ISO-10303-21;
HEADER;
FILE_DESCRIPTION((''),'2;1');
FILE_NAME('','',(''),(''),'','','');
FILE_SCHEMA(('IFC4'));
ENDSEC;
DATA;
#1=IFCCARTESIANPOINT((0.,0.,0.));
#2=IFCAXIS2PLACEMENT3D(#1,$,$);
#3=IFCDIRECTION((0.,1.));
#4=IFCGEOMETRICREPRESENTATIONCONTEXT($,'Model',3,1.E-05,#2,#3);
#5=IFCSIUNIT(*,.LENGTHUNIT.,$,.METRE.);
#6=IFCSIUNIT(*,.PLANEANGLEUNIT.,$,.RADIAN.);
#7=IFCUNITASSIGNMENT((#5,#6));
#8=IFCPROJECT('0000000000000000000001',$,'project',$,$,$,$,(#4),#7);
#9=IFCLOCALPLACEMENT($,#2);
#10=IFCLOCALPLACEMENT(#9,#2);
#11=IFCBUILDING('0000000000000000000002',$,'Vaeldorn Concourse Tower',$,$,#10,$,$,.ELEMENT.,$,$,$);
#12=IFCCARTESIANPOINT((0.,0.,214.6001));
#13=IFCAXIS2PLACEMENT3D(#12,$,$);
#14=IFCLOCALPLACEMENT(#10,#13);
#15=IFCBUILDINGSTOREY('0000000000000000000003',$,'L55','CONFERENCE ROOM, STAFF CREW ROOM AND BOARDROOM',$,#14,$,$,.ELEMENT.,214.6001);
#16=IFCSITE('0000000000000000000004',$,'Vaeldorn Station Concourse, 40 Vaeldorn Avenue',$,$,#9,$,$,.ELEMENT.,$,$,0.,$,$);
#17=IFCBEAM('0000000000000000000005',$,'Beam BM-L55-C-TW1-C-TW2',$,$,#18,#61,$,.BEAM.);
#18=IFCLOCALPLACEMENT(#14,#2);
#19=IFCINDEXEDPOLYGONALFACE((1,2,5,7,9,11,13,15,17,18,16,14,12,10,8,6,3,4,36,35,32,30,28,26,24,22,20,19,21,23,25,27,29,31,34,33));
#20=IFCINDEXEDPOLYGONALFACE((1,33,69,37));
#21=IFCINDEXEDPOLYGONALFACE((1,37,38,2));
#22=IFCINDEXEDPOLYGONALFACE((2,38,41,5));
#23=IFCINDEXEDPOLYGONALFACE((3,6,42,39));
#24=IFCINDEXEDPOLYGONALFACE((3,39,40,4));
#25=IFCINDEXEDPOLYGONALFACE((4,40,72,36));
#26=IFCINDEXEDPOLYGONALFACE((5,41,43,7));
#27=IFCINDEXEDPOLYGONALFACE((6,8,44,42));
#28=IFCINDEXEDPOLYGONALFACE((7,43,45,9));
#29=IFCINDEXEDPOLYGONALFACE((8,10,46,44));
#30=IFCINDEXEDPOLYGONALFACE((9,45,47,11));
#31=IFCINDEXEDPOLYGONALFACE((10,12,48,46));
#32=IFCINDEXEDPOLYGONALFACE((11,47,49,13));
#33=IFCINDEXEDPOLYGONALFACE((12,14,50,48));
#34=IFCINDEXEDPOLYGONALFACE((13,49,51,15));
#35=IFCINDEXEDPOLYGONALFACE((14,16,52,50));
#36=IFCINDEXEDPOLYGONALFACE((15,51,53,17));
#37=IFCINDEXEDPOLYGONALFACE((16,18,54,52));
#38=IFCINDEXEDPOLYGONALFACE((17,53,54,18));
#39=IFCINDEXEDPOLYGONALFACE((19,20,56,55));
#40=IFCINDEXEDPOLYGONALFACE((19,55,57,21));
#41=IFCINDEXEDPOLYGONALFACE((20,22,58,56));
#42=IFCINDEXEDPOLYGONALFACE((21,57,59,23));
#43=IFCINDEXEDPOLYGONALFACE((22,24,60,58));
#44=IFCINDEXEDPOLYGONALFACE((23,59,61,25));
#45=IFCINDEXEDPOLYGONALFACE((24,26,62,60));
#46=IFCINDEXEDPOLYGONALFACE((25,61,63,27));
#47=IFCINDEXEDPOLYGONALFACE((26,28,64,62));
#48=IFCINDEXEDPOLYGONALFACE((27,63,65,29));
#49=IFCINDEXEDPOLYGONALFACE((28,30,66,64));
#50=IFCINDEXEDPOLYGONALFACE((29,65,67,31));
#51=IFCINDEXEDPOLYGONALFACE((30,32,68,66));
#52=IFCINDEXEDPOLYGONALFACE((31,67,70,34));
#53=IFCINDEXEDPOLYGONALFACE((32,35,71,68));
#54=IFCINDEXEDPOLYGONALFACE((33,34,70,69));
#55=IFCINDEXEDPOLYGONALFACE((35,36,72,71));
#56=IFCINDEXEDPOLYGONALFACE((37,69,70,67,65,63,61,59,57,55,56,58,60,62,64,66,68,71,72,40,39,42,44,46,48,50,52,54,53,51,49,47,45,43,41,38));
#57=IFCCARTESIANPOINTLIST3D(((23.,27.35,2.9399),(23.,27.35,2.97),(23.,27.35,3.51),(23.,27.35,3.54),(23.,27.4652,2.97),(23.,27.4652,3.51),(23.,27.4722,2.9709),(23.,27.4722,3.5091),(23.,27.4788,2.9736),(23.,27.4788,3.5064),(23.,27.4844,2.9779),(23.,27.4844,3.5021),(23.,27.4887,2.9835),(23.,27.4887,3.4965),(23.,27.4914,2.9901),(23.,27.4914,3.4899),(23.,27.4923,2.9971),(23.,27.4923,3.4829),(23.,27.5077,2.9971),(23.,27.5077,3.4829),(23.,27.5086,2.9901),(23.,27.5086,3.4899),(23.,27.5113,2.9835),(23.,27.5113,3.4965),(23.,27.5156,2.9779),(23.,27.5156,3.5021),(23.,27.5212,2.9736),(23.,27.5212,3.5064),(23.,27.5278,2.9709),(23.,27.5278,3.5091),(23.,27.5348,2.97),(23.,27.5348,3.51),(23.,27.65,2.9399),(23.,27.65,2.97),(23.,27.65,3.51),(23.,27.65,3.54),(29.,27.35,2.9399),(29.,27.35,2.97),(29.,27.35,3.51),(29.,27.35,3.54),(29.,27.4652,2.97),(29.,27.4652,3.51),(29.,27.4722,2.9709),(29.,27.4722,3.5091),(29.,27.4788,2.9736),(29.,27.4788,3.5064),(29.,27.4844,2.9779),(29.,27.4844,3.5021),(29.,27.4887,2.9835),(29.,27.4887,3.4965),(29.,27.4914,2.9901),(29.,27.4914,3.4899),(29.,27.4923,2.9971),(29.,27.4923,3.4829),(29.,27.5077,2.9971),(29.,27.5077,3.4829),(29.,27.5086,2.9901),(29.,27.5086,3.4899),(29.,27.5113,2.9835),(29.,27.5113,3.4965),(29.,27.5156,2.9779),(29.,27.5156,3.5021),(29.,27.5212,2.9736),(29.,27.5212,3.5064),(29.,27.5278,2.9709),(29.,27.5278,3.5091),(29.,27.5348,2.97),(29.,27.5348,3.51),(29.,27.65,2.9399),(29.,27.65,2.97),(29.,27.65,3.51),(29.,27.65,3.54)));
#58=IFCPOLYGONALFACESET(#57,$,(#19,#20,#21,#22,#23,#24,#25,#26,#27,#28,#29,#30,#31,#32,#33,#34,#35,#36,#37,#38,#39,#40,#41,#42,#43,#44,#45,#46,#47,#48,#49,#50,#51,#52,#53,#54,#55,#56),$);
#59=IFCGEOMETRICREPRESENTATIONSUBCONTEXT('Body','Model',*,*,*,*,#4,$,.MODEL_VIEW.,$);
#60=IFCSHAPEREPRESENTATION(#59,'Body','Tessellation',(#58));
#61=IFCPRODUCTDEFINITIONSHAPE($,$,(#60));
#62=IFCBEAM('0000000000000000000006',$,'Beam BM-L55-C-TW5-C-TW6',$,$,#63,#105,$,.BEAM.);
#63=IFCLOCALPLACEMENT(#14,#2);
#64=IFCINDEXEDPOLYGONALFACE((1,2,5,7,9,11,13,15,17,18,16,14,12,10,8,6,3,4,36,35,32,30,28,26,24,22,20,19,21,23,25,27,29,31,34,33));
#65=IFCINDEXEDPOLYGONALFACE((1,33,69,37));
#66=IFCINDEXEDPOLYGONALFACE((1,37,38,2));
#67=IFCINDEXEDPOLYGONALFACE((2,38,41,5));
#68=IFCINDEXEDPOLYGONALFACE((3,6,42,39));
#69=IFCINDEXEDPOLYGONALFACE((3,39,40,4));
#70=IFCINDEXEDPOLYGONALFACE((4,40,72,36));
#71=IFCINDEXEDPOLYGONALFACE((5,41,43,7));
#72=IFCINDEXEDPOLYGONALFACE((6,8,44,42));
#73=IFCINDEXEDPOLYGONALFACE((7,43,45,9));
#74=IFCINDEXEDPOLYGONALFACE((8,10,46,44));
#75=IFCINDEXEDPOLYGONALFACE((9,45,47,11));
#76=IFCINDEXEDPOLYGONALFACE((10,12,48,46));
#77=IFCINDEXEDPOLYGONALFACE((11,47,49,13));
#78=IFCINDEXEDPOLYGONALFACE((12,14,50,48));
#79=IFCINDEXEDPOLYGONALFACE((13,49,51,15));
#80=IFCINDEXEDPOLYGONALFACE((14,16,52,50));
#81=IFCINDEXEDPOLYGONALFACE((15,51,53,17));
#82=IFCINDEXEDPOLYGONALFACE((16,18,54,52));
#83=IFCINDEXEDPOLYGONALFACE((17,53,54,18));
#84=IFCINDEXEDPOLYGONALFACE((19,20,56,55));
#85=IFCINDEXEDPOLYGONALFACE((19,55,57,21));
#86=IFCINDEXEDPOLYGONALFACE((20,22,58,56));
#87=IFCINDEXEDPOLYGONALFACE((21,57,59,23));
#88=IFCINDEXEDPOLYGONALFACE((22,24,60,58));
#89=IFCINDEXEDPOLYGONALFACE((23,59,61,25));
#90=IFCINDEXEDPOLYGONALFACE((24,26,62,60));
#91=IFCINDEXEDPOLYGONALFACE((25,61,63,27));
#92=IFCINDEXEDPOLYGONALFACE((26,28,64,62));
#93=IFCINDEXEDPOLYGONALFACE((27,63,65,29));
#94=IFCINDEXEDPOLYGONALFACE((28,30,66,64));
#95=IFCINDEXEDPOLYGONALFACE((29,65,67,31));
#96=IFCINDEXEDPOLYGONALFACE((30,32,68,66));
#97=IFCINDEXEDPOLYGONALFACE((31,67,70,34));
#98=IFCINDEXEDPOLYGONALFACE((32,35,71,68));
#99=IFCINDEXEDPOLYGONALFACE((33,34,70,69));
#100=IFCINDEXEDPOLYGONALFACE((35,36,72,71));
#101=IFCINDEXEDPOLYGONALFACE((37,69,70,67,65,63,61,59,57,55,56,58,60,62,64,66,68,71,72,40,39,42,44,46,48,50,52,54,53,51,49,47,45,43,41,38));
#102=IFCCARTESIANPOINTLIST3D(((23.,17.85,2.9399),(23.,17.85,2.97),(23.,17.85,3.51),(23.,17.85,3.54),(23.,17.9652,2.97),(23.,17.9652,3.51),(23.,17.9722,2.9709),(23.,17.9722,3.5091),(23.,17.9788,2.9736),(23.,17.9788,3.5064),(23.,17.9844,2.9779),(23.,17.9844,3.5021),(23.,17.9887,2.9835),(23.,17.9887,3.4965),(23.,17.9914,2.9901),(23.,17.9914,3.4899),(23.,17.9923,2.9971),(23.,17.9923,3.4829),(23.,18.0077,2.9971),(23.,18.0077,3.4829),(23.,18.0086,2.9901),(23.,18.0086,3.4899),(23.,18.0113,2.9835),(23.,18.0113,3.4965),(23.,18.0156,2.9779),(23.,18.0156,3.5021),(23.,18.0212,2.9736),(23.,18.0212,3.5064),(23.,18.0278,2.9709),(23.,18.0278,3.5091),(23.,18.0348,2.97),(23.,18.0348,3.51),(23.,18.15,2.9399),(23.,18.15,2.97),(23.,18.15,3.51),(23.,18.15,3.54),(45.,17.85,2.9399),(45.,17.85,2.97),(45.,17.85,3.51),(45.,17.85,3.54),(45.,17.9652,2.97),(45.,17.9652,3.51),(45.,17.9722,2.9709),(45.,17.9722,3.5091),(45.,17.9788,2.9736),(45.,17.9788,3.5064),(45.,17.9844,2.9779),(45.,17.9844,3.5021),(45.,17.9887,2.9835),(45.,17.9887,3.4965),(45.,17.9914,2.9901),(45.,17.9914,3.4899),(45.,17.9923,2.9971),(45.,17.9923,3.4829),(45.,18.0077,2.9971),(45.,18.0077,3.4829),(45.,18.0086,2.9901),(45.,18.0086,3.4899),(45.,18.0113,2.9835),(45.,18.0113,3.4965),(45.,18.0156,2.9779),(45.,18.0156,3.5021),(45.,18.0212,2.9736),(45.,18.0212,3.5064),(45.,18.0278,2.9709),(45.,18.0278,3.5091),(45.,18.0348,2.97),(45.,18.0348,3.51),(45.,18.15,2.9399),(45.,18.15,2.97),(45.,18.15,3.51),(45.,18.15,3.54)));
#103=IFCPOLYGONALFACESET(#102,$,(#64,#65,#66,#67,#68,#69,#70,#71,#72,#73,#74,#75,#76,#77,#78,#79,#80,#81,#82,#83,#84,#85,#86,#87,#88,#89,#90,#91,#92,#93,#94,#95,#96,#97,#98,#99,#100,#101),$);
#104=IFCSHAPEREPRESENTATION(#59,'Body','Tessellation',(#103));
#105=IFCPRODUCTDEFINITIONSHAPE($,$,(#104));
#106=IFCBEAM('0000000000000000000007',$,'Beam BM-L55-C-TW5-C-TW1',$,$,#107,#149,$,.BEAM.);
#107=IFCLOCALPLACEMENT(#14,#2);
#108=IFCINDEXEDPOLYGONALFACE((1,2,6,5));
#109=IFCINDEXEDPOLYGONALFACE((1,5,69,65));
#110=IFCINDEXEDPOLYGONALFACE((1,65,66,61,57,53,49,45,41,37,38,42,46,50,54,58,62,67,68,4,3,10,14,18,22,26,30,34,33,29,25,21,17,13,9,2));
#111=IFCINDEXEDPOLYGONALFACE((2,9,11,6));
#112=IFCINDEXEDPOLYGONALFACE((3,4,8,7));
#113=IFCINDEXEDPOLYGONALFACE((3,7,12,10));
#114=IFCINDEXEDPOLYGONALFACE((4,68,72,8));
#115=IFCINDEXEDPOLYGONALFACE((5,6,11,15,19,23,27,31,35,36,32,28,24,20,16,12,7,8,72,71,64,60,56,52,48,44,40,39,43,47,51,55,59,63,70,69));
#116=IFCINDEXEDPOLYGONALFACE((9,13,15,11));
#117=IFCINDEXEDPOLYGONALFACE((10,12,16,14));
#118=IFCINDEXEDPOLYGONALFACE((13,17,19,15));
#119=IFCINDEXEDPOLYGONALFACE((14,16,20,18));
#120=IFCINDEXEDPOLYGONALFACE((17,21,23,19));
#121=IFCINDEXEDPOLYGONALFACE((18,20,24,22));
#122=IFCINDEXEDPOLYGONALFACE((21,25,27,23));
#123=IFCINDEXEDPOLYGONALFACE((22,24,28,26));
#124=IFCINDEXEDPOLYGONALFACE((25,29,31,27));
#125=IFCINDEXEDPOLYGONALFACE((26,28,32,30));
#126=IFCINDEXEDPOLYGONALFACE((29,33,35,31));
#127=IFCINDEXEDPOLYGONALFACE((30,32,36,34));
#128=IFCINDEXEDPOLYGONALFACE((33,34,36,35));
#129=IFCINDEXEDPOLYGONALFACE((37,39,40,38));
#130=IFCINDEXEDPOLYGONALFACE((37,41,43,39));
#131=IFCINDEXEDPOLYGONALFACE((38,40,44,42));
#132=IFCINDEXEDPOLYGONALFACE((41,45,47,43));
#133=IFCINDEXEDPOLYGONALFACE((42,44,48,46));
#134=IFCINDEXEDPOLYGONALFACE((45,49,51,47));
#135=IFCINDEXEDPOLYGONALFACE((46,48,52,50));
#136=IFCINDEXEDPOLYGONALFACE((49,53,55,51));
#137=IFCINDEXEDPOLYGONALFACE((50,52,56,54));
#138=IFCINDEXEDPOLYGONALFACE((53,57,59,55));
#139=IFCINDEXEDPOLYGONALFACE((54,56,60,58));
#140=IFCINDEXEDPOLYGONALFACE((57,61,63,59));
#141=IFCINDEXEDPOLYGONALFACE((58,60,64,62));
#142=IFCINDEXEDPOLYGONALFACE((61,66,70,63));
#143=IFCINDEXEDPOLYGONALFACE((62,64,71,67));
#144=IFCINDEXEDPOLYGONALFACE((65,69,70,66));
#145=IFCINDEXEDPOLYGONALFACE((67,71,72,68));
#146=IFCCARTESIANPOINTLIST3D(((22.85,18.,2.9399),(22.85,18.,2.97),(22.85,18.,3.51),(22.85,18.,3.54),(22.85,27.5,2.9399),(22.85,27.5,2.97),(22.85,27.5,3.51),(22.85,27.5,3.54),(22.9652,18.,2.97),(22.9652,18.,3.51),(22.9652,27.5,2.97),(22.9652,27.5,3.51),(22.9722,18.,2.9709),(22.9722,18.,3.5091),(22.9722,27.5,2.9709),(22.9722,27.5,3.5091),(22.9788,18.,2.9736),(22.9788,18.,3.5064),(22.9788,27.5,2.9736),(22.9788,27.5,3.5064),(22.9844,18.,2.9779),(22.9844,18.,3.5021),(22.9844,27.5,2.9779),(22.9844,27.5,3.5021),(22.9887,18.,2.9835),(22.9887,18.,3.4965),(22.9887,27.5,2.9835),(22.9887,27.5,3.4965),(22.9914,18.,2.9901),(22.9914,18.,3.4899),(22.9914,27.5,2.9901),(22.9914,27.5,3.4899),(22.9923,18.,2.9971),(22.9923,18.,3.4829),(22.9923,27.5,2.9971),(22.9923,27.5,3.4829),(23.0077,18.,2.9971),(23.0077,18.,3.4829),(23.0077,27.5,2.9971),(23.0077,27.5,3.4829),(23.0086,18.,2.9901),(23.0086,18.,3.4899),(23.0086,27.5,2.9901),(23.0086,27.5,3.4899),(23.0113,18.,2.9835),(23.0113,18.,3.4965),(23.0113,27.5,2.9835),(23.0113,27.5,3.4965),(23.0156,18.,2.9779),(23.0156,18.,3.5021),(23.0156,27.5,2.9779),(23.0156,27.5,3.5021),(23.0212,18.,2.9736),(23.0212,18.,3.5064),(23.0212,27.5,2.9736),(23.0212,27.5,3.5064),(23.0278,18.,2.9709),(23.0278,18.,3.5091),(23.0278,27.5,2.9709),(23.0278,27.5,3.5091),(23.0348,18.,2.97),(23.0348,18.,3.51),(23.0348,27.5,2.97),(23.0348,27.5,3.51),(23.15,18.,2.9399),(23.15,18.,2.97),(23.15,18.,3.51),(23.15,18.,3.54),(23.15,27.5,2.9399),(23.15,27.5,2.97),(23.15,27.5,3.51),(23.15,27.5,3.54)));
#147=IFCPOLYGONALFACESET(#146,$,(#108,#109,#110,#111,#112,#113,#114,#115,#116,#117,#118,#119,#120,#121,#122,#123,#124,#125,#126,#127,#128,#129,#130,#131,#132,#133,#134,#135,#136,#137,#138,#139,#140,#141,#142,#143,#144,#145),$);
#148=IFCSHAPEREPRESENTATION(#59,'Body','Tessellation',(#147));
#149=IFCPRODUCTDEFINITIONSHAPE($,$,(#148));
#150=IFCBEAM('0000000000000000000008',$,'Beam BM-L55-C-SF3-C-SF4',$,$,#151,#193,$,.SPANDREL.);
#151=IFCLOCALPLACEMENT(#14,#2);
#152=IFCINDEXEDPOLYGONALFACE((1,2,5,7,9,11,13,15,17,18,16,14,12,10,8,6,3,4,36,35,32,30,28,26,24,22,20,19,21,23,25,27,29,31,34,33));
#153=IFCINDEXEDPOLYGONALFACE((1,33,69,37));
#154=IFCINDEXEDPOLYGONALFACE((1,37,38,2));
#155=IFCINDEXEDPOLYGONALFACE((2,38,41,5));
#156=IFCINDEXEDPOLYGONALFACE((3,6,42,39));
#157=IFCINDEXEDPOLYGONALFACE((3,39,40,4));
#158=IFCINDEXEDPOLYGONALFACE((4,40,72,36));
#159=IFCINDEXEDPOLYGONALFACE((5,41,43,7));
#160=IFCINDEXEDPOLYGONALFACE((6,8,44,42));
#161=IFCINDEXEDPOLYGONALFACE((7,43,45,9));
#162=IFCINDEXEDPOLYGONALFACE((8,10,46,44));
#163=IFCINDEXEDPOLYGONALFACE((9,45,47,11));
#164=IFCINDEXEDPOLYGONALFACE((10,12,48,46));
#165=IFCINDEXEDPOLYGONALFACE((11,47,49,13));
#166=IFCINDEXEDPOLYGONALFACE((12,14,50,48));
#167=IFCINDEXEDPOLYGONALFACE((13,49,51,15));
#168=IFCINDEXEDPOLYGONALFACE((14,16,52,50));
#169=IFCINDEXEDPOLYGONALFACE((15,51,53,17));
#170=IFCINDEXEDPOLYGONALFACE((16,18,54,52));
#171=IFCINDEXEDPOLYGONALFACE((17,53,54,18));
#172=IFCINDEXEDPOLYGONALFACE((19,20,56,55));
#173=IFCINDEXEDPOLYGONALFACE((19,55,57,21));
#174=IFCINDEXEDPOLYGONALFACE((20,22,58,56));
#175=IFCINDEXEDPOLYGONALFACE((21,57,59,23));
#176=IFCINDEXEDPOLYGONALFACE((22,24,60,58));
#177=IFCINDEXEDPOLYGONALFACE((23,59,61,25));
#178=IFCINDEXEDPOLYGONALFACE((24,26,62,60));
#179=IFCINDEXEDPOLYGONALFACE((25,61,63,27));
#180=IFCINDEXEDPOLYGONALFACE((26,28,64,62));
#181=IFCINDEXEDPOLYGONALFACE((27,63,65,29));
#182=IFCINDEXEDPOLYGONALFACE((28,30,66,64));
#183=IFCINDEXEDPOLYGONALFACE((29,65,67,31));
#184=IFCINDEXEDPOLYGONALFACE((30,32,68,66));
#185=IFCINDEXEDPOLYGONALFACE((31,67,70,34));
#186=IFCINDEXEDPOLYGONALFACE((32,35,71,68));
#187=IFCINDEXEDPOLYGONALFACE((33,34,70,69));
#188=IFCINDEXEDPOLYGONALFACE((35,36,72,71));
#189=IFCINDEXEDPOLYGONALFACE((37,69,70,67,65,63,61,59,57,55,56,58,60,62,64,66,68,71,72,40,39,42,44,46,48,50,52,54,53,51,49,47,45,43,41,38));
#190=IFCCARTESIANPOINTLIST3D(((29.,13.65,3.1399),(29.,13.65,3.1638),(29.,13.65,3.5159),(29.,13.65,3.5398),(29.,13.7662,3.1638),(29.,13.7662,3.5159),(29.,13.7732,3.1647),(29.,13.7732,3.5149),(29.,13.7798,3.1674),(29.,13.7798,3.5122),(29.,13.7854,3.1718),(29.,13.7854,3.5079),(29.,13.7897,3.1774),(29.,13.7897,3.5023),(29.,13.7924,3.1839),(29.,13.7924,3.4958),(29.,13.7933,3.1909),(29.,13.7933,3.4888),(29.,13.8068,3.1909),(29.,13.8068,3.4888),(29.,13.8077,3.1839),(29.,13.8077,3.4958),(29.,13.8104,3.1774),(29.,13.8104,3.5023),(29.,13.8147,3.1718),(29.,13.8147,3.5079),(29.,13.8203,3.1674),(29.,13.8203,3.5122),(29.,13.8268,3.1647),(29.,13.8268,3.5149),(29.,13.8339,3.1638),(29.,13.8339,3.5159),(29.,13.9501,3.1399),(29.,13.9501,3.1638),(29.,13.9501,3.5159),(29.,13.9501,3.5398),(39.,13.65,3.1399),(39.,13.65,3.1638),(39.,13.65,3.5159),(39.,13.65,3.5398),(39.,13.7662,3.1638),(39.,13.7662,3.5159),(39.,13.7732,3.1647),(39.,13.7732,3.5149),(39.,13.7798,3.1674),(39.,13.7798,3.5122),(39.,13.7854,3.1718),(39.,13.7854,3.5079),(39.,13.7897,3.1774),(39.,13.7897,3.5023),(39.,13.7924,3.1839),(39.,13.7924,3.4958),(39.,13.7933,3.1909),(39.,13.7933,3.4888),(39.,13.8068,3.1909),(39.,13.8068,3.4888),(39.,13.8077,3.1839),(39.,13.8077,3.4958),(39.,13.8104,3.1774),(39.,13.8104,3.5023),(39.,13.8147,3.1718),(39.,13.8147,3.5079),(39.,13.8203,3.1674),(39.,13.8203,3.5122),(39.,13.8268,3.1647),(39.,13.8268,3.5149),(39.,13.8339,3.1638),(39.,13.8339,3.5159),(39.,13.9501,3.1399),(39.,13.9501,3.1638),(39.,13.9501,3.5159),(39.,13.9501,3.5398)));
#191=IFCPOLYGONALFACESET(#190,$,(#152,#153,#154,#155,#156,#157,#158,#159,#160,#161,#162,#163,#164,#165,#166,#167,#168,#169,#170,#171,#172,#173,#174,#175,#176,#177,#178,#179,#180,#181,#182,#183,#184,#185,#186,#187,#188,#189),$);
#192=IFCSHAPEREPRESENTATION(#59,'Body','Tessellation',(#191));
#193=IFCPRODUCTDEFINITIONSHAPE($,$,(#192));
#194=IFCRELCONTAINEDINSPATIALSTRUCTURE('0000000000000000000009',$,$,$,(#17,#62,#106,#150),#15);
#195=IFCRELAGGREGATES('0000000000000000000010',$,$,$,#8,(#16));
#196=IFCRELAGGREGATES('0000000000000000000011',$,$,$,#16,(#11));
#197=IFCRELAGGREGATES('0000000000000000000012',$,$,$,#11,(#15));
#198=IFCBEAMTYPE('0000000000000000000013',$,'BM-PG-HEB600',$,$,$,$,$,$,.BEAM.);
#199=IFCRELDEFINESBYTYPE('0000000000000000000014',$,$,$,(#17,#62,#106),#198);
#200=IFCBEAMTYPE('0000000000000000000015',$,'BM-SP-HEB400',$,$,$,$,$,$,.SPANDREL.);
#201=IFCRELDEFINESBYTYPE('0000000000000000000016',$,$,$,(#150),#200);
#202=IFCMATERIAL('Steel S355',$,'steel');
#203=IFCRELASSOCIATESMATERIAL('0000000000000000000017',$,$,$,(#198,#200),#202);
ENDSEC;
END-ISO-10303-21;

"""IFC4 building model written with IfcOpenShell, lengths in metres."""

from ifc_helpers import new_model, si_unit, direction, frame, origin, origin_2d, place, context, subcontext, project, spatial, i_section, extrude, source, transform, mapped, material, material_profile, profile_set, type_object, element, save


model = new_model("IFC4")

# Units and contexts
model_context = context("Model", 3, precision=1e-05, world=origin(), true_north=direction((0.0, 1.0)))
body_context = subcontext(model_context, "Body", "Model", "MODEL_VIEW")
ifc_project = project(units=[si_unit("LENGTHUNIT", "METRE"), si_unit("PLANEANGLEUNIT", "RADIAN")], contexts=[model_context])

# Site, building, storey
site_placement = place(None, origin())
site = spatial("IfcSite", under=ifc_project, at=site_placement, Name="Vaeldorn Station Concourse, 40 Vaeldorn Avenue", CompositionType="ELEMENT", RefElevation=0.0)
building_placement = place(site_placement, origin())
building = spatial("IfcBuilding", under=site, at=building_placement, Name="Vaeldorn Concourse Tower", CompositionType="ELEMENT")
storey_placement = place(building_placement, frame((0.0, 0.0, 214.6001)))
storey = spatial("IfcBuildingStorey", under=building, at=storey_placement, Name="L55", Description="CONFERENCE ROOM, STAFF CREW ROOM AND BOARDROOM", CompositionType="ELEMENT", Elevation=214.6001)

# Shared definitions
ifc_material_1 = material(Name="Steel S355", Category="steel")

# Beams
ifc_material_profile_1 = material_profile(ifc_material_1, i_section(OverallWidth=0.3, OverallDepth=0.6001, WebThickness=0.0154, FlangeThickness=0.03, FilletRadius=0.0271, at=origin_2d()), Name="HEB 600")
ifc_profile_set_1 = profile_set([ifc_material_profile_1], Name="Steel S355")
beam_type_1 = type_object("IfcBeamType", Name="BM-PG-HEB600", PredefinedType="BEAM", material=ifc_profile_set_1)
shared_shape_1 = source(origin(), body_context, "Body", "SweptSolid", [
    extrude(i_section(OverallWidth=0.3, OverallDepth=0.6001, WebThickness=0.0154, FlangeThickness=0.03, FilletRadius=0.0271, at=origin_2d()), origin(), (0.0, 0.0, 1.0), 6.0),
])
beam_1_placement = place(storey_placement, frame((23.0, 27.5, 3.24), z_axis=(1.0, 0.0, 0.0), x_axis=(0.0, 1.0, 0.0)))
element("IfcBeam", 1, at=beam_1_placement, inside=storey, type_object=beam_type_1, Name="Beam BM-L55-C-TW1-C-TW2", PredefinedType="BEAM", context=body_context, shape_type="MappedRepresentation", body=[
    mapped(shared_shape_1, transform((0.0, 0.0, 0.0), scale=1.0)),
])
shared_shape_2 = source(origin(), body_context, "Body", "SweptSolid", [
    extrude(i_section(OverallWidth=0.3, OverallDepth=0.6001, WebThickness=0.0154, FlangeThickness=0.03, FilletRadius=0.0271, at=origin_2d()), origin(), (0.0, 0.0, 1.0), 22.0),
])
beam_2_placement = place(storey_placement, frame((23.0, 18.0, 3.24), z_axis=(1.0, 0.0, 0.0), x_axis=(0.0, 1.0, 0.0)))
element("IfcBeam", 2, at=beam_2_placement, inside=storey, type_object=beam_type_1, Name="Beam BM-L55-C-TW5-C-TW6", PredefinedType="BEAM", context=body_context, shape_type="MappedRepresentation", body=[
    mapped(shared_shape_2, transform((0.0, 0.0, 0.0), scale=1.0)),
])
shared_shape_3 = source(origin(), body_context, "Body", "SweptSolid", [
    extrude(i_section(OverallWidth=0.3, OverallDepth=0.6001, WebThickness=0.0154, FlangeThickness=0.03, FilletRadius=0.0271, at=origin_2d()), origin(), (0.0, 0.0, 1.0), 9.5),
])
beam_3_placement = place(storey_placement, frame((23.0, 18.0, 3.24), z_axis=(0.0, 1.0, 0.0), x_axis=(-1.0, 0.0, 0.0)))
element("IfcBeam", 3, at=beam_3_placement, inside=storey, type_object=beam_type_1, Name="Beam BM-L55-C-TW5-C-TW1", PredefinedType="BEAM", context=body_context, shape_type="MappedRepresentation", body=[
    mapped(shared_shape_3, transform((0.0, 0.0, 0.0), scale=1.0)),
])
ifc_material_profile_2 = material_profile(ifc_material_1, i_section(OverallWidth=0.3, OverallDepth=0.3999, WebThickness=0.0134, FlangeThickness=0.0239, FilletRadius=0.0271, at=origin_2d()), Name="HEB 400")
ifc_profile_set_2 = profile_set([ifc_material_profile_2], Name="Steel S355")
beam_type_2 = type_object("IfcBeamType", Name="BM-SP-HEB400", PredefinedType="SPANDREL", material=ifc_profile_set_2)
shared_shape_4 = source(origin(), body_context, "Body", "SweptSolid", [
    extrude(i_section(OverallWidth=0.3, OverallDepth=0.3999, WebThickness=0.0134, FlangeThickness=0.0239, FilletRadius=0.0271, at=origin_2d()), origin(), (0.0, 0.0, 1.0), 10.0),
])
beam_4_placement = place(storey_placement, frame((29.0, 13.8, 3.3398), z_axis=(1.0, 0.0, 0.0), x_axis=(0.0, 1.0, 0.0)))
element("IfcBeam", 4, at=beam_4_placement, inside=storey, type_object=beam_type_2, Name="Beam BM-L55-C-SF3-C-SF4", PredefinedType="SPANDREL", context=body_context, shape_type="MappedRepresentation", body=[
    mapped(shared_shape_4, transform((0.0, 0.0, 0.0), scale=1.0)),
])

save(model, "model.ifc")
